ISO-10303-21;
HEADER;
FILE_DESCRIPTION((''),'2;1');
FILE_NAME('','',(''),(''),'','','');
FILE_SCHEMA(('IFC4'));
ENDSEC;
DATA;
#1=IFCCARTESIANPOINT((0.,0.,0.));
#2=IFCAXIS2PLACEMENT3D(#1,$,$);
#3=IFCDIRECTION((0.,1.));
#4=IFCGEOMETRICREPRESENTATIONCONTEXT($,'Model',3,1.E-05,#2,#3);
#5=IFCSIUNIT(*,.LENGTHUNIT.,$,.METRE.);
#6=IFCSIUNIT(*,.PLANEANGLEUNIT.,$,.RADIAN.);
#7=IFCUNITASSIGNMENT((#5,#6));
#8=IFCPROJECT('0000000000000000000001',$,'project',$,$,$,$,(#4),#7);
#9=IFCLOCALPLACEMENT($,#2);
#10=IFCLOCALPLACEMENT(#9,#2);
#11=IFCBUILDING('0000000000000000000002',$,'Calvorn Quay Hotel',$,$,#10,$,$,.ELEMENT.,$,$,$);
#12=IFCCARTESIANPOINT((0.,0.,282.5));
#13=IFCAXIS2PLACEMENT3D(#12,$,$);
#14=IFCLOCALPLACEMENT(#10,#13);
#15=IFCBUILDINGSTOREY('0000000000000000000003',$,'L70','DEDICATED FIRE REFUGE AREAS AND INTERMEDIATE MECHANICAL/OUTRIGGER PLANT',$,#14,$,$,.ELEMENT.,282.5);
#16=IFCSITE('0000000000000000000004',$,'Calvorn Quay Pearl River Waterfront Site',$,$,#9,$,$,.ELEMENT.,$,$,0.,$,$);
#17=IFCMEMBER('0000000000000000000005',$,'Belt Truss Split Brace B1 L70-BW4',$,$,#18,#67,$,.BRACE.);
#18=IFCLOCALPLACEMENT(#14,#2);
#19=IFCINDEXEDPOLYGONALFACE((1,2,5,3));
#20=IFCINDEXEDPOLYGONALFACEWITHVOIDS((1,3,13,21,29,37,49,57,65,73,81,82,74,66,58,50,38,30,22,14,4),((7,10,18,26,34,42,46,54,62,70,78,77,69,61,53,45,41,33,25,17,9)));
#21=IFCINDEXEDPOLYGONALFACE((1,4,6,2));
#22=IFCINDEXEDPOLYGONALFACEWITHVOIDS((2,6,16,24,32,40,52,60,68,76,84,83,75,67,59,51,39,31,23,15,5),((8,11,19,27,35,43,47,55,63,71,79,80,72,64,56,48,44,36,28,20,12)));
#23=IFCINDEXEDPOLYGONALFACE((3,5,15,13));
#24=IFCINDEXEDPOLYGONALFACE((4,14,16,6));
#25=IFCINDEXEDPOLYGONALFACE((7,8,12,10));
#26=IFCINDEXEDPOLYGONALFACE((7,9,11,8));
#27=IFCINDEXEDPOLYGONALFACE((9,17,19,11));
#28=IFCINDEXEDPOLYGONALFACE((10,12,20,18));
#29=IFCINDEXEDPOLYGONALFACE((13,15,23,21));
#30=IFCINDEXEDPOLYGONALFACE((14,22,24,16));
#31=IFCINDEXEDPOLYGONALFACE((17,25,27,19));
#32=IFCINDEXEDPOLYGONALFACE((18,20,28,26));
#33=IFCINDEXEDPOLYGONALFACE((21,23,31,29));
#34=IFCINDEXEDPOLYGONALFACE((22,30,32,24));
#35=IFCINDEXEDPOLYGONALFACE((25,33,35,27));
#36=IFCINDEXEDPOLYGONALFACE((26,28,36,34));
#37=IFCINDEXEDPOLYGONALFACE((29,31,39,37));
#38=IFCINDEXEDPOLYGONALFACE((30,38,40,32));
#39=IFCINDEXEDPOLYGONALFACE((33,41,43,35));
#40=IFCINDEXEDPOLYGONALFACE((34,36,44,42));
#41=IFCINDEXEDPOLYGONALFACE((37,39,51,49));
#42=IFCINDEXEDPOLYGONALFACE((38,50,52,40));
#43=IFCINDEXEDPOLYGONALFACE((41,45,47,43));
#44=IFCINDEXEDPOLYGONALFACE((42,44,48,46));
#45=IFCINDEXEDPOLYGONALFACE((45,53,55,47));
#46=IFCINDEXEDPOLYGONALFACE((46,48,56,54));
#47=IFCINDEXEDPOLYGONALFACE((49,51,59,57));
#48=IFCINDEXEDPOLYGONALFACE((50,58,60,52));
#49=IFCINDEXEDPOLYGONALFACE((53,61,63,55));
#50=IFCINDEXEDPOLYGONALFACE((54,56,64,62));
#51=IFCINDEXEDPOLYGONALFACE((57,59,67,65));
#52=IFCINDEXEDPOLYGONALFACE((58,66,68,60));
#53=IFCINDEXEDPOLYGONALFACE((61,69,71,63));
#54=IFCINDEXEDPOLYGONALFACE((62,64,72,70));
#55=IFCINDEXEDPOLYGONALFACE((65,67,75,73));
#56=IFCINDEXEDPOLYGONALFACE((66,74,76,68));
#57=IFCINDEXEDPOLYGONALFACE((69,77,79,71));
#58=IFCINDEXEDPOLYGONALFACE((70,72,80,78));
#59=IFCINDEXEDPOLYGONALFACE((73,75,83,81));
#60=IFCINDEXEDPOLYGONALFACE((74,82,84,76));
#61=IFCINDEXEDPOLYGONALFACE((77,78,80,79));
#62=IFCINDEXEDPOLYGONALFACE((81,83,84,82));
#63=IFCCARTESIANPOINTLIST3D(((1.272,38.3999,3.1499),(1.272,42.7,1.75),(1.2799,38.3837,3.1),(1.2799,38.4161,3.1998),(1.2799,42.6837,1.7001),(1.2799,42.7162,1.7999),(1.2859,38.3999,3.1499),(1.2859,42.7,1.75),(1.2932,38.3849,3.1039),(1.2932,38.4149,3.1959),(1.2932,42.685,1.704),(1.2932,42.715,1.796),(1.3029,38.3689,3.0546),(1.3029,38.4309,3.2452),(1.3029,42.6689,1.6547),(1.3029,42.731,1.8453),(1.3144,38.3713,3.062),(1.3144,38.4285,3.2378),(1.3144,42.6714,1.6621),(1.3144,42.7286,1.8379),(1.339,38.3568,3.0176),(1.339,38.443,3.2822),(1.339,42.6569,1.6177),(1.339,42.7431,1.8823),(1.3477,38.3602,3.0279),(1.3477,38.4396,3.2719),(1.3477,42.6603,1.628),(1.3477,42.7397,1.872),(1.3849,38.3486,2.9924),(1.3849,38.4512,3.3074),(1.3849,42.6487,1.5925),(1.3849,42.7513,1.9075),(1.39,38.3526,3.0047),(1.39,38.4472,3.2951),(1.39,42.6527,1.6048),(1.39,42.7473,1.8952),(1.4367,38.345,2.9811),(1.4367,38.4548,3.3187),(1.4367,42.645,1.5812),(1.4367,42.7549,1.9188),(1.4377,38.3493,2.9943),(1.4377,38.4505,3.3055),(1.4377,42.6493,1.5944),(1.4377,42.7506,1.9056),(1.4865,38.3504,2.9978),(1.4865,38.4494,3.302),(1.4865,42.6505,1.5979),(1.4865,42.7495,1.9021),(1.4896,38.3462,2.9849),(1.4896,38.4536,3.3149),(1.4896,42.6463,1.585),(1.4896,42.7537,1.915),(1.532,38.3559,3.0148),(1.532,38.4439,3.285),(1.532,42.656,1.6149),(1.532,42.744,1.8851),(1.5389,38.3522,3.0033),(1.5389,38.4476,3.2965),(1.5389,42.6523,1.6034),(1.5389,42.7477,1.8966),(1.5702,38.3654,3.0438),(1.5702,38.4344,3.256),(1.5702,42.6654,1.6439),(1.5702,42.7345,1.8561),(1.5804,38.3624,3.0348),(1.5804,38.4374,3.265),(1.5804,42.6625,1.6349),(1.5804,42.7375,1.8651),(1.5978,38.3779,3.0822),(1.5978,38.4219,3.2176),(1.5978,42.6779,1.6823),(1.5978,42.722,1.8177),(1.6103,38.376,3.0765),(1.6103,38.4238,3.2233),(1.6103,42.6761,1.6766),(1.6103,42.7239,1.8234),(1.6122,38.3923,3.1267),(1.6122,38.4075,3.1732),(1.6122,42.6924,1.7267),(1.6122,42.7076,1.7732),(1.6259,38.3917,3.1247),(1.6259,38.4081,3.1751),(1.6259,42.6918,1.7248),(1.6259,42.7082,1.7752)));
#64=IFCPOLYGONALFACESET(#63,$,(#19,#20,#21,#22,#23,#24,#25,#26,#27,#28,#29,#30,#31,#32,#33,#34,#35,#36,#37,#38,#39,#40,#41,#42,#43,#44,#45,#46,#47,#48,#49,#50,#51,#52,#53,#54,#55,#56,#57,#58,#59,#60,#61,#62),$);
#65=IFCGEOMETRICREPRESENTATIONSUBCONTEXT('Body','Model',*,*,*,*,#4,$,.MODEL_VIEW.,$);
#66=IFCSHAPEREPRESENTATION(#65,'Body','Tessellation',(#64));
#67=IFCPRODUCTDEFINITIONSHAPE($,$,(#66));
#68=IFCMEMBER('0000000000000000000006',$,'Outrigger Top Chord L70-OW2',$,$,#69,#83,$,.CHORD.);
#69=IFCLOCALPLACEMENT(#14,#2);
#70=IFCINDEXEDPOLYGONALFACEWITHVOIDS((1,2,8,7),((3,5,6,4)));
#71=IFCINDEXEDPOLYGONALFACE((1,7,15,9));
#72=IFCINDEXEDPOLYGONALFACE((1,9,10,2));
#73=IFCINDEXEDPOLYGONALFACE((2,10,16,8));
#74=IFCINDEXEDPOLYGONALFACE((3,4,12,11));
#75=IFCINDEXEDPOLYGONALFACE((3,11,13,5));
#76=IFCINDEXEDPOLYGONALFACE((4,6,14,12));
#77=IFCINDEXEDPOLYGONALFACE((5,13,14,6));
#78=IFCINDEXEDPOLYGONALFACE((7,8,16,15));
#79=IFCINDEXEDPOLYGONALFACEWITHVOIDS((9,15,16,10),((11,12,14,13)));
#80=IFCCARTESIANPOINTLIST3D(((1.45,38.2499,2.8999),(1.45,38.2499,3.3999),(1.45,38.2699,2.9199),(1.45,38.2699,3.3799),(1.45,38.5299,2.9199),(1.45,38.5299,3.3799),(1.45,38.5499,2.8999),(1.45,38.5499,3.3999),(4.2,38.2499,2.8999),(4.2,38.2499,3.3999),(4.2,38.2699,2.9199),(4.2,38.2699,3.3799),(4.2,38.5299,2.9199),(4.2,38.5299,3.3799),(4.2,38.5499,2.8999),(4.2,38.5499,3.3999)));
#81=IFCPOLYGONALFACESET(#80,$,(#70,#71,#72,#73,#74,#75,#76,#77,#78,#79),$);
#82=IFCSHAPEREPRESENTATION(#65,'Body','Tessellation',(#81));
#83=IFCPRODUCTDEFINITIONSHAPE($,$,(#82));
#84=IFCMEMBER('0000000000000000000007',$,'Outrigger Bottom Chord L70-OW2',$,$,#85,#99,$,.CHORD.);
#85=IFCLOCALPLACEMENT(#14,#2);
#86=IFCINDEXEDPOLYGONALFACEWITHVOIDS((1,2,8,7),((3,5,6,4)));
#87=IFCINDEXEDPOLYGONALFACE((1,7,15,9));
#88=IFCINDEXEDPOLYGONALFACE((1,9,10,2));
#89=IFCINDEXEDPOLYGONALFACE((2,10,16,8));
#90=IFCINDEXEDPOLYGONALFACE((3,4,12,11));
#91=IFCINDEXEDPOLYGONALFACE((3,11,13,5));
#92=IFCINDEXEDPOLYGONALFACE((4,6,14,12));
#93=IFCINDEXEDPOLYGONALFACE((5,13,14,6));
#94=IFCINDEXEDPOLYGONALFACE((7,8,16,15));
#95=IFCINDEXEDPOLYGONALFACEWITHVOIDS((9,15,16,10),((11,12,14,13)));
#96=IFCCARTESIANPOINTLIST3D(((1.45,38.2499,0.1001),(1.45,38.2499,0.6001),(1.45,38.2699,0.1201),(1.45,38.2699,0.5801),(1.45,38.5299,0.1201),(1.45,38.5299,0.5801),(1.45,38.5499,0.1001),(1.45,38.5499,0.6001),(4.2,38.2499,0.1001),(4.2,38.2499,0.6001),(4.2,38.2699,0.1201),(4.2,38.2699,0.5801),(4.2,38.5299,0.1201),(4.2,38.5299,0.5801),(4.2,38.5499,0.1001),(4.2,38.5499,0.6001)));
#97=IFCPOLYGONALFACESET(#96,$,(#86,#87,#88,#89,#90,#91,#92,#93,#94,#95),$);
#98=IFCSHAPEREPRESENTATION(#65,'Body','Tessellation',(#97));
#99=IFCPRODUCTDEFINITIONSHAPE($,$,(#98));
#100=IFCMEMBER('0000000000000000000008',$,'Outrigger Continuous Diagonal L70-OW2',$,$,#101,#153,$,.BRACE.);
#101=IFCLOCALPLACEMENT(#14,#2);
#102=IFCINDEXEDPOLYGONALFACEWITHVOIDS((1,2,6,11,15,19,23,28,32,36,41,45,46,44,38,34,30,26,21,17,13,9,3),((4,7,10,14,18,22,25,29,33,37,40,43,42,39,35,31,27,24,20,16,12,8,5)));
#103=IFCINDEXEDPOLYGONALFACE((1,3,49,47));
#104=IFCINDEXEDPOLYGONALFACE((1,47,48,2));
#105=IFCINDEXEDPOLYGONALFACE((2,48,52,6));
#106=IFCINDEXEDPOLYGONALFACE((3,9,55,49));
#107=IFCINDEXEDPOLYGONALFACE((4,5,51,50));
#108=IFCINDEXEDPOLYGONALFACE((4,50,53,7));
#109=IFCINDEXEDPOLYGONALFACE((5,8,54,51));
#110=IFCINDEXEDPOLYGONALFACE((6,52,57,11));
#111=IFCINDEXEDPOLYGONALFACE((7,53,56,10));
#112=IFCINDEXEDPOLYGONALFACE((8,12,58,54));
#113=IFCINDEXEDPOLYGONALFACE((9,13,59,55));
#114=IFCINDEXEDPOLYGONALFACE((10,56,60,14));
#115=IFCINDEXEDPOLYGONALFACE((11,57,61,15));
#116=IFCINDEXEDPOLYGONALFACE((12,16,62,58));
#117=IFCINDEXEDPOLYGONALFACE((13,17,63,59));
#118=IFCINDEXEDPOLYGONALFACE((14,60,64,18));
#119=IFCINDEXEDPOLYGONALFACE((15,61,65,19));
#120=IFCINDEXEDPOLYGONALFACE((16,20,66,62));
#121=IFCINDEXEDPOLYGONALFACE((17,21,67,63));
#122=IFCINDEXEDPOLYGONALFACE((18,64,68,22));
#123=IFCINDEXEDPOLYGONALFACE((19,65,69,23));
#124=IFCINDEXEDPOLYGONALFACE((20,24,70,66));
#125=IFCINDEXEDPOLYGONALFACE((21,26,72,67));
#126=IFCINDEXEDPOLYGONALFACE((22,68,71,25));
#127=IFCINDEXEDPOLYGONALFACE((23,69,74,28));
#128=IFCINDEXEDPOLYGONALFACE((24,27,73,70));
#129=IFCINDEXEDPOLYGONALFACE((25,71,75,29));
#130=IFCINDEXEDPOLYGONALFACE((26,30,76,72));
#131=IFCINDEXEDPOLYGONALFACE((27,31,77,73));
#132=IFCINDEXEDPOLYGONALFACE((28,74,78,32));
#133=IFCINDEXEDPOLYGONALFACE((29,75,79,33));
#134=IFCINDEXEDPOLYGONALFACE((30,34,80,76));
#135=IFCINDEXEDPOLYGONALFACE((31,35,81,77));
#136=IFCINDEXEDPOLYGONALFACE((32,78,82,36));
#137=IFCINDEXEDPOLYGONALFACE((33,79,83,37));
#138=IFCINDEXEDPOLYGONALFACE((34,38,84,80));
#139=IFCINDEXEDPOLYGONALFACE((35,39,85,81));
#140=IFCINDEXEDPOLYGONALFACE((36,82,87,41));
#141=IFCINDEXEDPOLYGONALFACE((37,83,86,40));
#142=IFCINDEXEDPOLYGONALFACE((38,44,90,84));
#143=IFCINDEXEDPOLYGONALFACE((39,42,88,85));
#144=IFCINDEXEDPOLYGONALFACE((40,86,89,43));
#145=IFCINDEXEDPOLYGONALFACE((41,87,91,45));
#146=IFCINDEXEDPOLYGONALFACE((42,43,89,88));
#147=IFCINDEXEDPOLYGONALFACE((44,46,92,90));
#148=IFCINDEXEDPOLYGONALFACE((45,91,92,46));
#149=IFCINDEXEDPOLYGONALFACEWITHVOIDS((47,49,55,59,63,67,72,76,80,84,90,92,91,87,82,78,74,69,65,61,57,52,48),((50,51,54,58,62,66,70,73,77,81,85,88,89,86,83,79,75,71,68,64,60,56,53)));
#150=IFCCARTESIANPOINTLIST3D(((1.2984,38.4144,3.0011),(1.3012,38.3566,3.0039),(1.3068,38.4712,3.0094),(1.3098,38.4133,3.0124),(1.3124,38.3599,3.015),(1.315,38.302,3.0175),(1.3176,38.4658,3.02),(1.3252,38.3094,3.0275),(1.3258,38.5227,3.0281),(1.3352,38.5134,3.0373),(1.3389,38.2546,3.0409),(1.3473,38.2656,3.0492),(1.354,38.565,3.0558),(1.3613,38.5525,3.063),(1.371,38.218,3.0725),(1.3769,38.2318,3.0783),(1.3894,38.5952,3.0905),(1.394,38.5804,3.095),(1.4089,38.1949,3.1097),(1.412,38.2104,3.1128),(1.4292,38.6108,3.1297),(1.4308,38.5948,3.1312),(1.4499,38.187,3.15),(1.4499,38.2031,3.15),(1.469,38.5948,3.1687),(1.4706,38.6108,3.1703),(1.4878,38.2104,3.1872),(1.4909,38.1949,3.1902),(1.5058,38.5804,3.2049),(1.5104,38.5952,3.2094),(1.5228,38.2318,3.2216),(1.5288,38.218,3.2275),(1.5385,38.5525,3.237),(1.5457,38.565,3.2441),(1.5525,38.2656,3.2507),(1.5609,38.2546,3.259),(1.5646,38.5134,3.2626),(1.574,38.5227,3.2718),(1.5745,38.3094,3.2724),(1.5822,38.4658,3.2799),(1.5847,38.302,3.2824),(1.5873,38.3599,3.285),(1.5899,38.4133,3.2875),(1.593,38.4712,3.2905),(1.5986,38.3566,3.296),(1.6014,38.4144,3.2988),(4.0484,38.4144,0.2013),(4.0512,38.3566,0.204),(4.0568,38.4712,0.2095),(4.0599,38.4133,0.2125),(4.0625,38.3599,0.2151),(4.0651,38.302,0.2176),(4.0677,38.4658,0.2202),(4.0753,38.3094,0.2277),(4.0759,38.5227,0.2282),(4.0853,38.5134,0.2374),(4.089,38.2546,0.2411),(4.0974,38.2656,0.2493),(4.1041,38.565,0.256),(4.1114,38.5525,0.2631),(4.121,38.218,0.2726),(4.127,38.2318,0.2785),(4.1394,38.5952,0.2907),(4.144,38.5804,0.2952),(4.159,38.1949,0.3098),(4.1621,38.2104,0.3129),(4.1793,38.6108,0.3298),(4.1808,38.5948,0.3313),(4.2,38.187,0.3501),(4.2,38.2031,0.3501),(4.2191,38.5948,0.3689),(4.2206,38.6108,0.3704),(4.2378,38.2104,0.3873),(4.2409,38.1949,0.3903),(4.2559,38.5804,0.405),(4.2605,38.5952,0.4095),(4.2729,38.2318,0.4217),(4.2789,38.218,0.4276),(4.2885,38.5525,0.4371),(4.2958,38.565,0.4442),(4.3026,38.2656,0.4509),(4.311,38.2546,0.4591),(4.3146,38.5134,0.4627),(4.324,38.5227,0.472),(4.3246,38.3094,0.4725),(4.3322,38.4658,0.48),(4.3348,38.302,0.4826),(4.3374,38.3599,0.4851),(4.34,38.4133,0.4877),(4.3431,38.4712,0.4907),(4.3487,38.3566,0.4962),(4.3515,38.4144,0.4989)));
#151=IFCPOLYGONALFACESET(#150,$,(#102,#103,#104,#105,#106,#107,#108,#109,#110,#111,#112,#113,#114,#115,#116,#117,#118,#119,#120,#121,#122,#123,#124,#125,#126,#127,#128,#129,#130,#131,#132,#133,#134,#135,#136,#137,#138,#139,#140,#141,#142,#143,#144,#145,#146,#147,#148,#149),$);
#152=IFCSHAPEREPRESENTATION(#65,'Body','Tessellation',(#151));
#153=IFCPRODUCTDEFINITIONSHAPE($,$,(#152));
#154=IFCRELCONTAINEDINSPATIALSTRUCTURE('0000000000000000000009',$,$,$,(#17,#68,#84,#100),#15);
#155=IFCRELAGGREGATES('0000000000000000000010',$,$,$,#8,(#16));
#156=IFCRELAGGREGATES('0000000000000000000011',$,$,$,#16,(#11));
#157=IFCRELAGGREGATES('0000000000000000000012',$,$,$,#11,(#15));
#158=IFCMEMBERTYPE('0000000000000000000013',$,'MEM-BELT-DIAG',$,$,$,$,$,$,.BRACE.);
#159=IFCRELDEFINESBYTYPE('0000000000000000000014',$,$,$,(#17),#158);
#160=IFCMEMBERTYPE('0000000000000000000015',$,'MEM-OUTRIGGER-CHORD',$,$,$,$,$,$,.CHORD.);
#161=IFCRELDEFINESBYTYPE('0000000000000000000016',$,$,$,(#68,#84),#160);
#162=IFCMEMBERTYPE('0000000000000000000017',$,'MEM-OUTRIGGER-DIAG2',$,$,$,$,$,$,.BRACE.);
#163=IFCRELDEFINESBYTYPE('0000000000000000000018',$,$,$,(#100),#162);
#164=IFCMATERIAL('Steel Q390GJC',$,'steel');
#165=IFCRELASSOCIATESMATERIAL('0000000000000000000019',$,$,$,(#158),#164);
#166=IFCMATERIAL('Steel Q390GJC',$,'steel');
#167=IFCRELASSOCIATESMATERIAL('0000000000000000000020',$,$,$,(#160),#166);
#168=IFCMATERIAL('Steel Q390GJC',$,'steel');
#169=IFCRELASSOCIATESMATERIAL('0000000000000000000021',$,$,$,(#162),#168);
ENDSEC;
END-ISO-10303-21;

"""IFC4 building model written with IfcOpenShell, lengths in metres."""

from ifc_helpers import new_model, si_unit, direction, frame, origin, origin_2d, place, context, subcontext, project, spatial, hollow_rectangle, hollow_circle, extrude, material, material_profile, profile_set, type_object, element, save


model = new_model("IFC4")

# Units and contexts
model_context = context("Model", 3, precision=1e-05, world=origin(), true_north=direction((0.0, 1.0)))
body_context = subcontext(model_context, "Body", "Model", "MODEL_VIEW")
ifc_project = project(units=[si_unit("LENGTHUNIT", "METRE"), si_unit("PLANEANGLEUNIT", "RADIAN")], contexts=[model_context])

# Site, building, storey
site_placement = place(None, origin())
site = spatial("IfcSite", under=ifc_project, at=site_placement, Name="Calvorn Quay Pearl River Waterfront Site", CompositionType="ELEMENT", RefElevation=0.0)
building_placement = place(site_placement, origin())
building = spatial("IfcBuilding", under=site, at=building_placement, Name="Calvorn Quay Hotel", CompositionType="ELEMENT")
storey_placement = place(building_placement, frame((0.0, 0.0, 282.5)))
storey = spatial("IfcBuildingStorey", under=building, at=storey_placement, Name="L70", Description="DEDICATED FIRE REFUGE AREAS AND INTERMEDIATE MECHANICAL/OUTRIGGER PLANT", CompositionType="ELEMENT", Elevation=282.5)

# Members
ifc_material_1 = material(Name="Steel Q390GJC", Category="steel")
ifc_material_profile_1 = material_profile(ifc_material_1, hollow_circle(Radius=0.178, WallThickness=0.0139, at=origin_2d()), Name="CHS356x14")
ifc_profile_set_1 = profile_set([ifc_material_profile_1], Name="Steel Q390GJC")
member_type_1 = type_object("IfcMemberType", Name="MEM-BELT-DIAG", PredefinedType="BRACE", material=ifc_profile_set_1)
member_1_placement = place(storey_placement, frame((1.45, 38.3999, 3.1499), z_axis=(0.0, 0.950879, -0.309563), x_axis=(-1.0, 0.0, 0.0)))
element("IfcMember", 1, at=member_1_placement, inside=storey, type_object=member_type_1, Name="Belt Truss Split Brace B1 L70-BW4", PredefinedType="BRACE", context=body_context, shape_type="SweptSolid", body=[
    extrude(hollow_circle(Radius=0.178, WallThickness=0.0139, at=origin_2d()), origin(), (0.0, 0.0, 1.0), 4.5222),
])
ifc_material_2 = material(Name="Steel Q390GJC", Category="steel")
ifc_material_profile_2 = material_profile(ifc_material_2, hollow_rectangle(XDim=0.3, YDim=0.5, WallThickness=0.02, at=origin_2d()), Name="RHS500x300x20")
ifc_profile_set_2 = profile_set([ifc_material_profile_2], Name="Steel Q390GJC")
member_type_2 = type_object("IfcMemberType", Name="MEM-OUTRIGGER-CHORD", PredefinedType="CHORD", material=ifc_profile_set_2)
for number, where, z_axis, x_axis, name in (
    (2, (4.2, 38.3999, 3.1499), (-1.0, 0.0, 0.0), (0.0, -1.0, 0.0), "Outrigger Top Chord L70-OW2"),
    (3, (4.2, 38.3999, 0.3501), (-1.0, 0.0, 0.0), (0.0, -1.0, 0.0), "Outrigger Bottom Chord L70-OW2"),
):
    element("IfcMember", number, at=place(storey_placement, frame(where, z_axis=z_axis, x_axis=x_axis)), inside=storey, type_object=member_type_2, Name=name, PredefinedType="CHORD", context=body_context, shape_type="SweptSolid", body=[
        extrude(hollow_rectangle(XDim=0.3, YDim=0.5, WallThickness=0.02, at=origin_2d()), origin(), (0.0, 0.0, 1.0), 2.75),
    ])
ifc_material_3 = material(Name="Steel Q390GJC", Category="steel")
ifc_material_profile_3 = material_profile(ifc_material_3, hollow_circle(Radius=0.2129, WallThickness=0.0161, at=origin_2d()), Name="CHS426x16")
ifc_profile_set_3 = profile_set([ifc_material_profile_3], Name="Steel Q390GJC")
member_type_3 = type_object("IfcMemberType", Name="MEM-OUTRIGGER-DIAG2", PredefinedType="BRACE", material=ifc_profile_set_3)
member_2_placement = place(storey_placement, frame((4.2, 38.3999, 0.3501), z_axis=(-0.700733, 0.0, 0.713424), x_axis=(0.0, -1.0, 0.0)))
element("IfcMember", 4, at=member_2_placement, inside=storey, type_object=member_type_3, Name="Outrigger Continuous Diagonal L70-OW2", PredefinedType="BRACE", context=body_context, shape_type="SweptSolid", body=[
    extrude(hollow_circle(Radius=0.2129, WallThickness=0.0161, at=origin_2d()), origin(), (0.0, 0.0, 1.0), 3.9246),
])

save(model, "model.ifc")
